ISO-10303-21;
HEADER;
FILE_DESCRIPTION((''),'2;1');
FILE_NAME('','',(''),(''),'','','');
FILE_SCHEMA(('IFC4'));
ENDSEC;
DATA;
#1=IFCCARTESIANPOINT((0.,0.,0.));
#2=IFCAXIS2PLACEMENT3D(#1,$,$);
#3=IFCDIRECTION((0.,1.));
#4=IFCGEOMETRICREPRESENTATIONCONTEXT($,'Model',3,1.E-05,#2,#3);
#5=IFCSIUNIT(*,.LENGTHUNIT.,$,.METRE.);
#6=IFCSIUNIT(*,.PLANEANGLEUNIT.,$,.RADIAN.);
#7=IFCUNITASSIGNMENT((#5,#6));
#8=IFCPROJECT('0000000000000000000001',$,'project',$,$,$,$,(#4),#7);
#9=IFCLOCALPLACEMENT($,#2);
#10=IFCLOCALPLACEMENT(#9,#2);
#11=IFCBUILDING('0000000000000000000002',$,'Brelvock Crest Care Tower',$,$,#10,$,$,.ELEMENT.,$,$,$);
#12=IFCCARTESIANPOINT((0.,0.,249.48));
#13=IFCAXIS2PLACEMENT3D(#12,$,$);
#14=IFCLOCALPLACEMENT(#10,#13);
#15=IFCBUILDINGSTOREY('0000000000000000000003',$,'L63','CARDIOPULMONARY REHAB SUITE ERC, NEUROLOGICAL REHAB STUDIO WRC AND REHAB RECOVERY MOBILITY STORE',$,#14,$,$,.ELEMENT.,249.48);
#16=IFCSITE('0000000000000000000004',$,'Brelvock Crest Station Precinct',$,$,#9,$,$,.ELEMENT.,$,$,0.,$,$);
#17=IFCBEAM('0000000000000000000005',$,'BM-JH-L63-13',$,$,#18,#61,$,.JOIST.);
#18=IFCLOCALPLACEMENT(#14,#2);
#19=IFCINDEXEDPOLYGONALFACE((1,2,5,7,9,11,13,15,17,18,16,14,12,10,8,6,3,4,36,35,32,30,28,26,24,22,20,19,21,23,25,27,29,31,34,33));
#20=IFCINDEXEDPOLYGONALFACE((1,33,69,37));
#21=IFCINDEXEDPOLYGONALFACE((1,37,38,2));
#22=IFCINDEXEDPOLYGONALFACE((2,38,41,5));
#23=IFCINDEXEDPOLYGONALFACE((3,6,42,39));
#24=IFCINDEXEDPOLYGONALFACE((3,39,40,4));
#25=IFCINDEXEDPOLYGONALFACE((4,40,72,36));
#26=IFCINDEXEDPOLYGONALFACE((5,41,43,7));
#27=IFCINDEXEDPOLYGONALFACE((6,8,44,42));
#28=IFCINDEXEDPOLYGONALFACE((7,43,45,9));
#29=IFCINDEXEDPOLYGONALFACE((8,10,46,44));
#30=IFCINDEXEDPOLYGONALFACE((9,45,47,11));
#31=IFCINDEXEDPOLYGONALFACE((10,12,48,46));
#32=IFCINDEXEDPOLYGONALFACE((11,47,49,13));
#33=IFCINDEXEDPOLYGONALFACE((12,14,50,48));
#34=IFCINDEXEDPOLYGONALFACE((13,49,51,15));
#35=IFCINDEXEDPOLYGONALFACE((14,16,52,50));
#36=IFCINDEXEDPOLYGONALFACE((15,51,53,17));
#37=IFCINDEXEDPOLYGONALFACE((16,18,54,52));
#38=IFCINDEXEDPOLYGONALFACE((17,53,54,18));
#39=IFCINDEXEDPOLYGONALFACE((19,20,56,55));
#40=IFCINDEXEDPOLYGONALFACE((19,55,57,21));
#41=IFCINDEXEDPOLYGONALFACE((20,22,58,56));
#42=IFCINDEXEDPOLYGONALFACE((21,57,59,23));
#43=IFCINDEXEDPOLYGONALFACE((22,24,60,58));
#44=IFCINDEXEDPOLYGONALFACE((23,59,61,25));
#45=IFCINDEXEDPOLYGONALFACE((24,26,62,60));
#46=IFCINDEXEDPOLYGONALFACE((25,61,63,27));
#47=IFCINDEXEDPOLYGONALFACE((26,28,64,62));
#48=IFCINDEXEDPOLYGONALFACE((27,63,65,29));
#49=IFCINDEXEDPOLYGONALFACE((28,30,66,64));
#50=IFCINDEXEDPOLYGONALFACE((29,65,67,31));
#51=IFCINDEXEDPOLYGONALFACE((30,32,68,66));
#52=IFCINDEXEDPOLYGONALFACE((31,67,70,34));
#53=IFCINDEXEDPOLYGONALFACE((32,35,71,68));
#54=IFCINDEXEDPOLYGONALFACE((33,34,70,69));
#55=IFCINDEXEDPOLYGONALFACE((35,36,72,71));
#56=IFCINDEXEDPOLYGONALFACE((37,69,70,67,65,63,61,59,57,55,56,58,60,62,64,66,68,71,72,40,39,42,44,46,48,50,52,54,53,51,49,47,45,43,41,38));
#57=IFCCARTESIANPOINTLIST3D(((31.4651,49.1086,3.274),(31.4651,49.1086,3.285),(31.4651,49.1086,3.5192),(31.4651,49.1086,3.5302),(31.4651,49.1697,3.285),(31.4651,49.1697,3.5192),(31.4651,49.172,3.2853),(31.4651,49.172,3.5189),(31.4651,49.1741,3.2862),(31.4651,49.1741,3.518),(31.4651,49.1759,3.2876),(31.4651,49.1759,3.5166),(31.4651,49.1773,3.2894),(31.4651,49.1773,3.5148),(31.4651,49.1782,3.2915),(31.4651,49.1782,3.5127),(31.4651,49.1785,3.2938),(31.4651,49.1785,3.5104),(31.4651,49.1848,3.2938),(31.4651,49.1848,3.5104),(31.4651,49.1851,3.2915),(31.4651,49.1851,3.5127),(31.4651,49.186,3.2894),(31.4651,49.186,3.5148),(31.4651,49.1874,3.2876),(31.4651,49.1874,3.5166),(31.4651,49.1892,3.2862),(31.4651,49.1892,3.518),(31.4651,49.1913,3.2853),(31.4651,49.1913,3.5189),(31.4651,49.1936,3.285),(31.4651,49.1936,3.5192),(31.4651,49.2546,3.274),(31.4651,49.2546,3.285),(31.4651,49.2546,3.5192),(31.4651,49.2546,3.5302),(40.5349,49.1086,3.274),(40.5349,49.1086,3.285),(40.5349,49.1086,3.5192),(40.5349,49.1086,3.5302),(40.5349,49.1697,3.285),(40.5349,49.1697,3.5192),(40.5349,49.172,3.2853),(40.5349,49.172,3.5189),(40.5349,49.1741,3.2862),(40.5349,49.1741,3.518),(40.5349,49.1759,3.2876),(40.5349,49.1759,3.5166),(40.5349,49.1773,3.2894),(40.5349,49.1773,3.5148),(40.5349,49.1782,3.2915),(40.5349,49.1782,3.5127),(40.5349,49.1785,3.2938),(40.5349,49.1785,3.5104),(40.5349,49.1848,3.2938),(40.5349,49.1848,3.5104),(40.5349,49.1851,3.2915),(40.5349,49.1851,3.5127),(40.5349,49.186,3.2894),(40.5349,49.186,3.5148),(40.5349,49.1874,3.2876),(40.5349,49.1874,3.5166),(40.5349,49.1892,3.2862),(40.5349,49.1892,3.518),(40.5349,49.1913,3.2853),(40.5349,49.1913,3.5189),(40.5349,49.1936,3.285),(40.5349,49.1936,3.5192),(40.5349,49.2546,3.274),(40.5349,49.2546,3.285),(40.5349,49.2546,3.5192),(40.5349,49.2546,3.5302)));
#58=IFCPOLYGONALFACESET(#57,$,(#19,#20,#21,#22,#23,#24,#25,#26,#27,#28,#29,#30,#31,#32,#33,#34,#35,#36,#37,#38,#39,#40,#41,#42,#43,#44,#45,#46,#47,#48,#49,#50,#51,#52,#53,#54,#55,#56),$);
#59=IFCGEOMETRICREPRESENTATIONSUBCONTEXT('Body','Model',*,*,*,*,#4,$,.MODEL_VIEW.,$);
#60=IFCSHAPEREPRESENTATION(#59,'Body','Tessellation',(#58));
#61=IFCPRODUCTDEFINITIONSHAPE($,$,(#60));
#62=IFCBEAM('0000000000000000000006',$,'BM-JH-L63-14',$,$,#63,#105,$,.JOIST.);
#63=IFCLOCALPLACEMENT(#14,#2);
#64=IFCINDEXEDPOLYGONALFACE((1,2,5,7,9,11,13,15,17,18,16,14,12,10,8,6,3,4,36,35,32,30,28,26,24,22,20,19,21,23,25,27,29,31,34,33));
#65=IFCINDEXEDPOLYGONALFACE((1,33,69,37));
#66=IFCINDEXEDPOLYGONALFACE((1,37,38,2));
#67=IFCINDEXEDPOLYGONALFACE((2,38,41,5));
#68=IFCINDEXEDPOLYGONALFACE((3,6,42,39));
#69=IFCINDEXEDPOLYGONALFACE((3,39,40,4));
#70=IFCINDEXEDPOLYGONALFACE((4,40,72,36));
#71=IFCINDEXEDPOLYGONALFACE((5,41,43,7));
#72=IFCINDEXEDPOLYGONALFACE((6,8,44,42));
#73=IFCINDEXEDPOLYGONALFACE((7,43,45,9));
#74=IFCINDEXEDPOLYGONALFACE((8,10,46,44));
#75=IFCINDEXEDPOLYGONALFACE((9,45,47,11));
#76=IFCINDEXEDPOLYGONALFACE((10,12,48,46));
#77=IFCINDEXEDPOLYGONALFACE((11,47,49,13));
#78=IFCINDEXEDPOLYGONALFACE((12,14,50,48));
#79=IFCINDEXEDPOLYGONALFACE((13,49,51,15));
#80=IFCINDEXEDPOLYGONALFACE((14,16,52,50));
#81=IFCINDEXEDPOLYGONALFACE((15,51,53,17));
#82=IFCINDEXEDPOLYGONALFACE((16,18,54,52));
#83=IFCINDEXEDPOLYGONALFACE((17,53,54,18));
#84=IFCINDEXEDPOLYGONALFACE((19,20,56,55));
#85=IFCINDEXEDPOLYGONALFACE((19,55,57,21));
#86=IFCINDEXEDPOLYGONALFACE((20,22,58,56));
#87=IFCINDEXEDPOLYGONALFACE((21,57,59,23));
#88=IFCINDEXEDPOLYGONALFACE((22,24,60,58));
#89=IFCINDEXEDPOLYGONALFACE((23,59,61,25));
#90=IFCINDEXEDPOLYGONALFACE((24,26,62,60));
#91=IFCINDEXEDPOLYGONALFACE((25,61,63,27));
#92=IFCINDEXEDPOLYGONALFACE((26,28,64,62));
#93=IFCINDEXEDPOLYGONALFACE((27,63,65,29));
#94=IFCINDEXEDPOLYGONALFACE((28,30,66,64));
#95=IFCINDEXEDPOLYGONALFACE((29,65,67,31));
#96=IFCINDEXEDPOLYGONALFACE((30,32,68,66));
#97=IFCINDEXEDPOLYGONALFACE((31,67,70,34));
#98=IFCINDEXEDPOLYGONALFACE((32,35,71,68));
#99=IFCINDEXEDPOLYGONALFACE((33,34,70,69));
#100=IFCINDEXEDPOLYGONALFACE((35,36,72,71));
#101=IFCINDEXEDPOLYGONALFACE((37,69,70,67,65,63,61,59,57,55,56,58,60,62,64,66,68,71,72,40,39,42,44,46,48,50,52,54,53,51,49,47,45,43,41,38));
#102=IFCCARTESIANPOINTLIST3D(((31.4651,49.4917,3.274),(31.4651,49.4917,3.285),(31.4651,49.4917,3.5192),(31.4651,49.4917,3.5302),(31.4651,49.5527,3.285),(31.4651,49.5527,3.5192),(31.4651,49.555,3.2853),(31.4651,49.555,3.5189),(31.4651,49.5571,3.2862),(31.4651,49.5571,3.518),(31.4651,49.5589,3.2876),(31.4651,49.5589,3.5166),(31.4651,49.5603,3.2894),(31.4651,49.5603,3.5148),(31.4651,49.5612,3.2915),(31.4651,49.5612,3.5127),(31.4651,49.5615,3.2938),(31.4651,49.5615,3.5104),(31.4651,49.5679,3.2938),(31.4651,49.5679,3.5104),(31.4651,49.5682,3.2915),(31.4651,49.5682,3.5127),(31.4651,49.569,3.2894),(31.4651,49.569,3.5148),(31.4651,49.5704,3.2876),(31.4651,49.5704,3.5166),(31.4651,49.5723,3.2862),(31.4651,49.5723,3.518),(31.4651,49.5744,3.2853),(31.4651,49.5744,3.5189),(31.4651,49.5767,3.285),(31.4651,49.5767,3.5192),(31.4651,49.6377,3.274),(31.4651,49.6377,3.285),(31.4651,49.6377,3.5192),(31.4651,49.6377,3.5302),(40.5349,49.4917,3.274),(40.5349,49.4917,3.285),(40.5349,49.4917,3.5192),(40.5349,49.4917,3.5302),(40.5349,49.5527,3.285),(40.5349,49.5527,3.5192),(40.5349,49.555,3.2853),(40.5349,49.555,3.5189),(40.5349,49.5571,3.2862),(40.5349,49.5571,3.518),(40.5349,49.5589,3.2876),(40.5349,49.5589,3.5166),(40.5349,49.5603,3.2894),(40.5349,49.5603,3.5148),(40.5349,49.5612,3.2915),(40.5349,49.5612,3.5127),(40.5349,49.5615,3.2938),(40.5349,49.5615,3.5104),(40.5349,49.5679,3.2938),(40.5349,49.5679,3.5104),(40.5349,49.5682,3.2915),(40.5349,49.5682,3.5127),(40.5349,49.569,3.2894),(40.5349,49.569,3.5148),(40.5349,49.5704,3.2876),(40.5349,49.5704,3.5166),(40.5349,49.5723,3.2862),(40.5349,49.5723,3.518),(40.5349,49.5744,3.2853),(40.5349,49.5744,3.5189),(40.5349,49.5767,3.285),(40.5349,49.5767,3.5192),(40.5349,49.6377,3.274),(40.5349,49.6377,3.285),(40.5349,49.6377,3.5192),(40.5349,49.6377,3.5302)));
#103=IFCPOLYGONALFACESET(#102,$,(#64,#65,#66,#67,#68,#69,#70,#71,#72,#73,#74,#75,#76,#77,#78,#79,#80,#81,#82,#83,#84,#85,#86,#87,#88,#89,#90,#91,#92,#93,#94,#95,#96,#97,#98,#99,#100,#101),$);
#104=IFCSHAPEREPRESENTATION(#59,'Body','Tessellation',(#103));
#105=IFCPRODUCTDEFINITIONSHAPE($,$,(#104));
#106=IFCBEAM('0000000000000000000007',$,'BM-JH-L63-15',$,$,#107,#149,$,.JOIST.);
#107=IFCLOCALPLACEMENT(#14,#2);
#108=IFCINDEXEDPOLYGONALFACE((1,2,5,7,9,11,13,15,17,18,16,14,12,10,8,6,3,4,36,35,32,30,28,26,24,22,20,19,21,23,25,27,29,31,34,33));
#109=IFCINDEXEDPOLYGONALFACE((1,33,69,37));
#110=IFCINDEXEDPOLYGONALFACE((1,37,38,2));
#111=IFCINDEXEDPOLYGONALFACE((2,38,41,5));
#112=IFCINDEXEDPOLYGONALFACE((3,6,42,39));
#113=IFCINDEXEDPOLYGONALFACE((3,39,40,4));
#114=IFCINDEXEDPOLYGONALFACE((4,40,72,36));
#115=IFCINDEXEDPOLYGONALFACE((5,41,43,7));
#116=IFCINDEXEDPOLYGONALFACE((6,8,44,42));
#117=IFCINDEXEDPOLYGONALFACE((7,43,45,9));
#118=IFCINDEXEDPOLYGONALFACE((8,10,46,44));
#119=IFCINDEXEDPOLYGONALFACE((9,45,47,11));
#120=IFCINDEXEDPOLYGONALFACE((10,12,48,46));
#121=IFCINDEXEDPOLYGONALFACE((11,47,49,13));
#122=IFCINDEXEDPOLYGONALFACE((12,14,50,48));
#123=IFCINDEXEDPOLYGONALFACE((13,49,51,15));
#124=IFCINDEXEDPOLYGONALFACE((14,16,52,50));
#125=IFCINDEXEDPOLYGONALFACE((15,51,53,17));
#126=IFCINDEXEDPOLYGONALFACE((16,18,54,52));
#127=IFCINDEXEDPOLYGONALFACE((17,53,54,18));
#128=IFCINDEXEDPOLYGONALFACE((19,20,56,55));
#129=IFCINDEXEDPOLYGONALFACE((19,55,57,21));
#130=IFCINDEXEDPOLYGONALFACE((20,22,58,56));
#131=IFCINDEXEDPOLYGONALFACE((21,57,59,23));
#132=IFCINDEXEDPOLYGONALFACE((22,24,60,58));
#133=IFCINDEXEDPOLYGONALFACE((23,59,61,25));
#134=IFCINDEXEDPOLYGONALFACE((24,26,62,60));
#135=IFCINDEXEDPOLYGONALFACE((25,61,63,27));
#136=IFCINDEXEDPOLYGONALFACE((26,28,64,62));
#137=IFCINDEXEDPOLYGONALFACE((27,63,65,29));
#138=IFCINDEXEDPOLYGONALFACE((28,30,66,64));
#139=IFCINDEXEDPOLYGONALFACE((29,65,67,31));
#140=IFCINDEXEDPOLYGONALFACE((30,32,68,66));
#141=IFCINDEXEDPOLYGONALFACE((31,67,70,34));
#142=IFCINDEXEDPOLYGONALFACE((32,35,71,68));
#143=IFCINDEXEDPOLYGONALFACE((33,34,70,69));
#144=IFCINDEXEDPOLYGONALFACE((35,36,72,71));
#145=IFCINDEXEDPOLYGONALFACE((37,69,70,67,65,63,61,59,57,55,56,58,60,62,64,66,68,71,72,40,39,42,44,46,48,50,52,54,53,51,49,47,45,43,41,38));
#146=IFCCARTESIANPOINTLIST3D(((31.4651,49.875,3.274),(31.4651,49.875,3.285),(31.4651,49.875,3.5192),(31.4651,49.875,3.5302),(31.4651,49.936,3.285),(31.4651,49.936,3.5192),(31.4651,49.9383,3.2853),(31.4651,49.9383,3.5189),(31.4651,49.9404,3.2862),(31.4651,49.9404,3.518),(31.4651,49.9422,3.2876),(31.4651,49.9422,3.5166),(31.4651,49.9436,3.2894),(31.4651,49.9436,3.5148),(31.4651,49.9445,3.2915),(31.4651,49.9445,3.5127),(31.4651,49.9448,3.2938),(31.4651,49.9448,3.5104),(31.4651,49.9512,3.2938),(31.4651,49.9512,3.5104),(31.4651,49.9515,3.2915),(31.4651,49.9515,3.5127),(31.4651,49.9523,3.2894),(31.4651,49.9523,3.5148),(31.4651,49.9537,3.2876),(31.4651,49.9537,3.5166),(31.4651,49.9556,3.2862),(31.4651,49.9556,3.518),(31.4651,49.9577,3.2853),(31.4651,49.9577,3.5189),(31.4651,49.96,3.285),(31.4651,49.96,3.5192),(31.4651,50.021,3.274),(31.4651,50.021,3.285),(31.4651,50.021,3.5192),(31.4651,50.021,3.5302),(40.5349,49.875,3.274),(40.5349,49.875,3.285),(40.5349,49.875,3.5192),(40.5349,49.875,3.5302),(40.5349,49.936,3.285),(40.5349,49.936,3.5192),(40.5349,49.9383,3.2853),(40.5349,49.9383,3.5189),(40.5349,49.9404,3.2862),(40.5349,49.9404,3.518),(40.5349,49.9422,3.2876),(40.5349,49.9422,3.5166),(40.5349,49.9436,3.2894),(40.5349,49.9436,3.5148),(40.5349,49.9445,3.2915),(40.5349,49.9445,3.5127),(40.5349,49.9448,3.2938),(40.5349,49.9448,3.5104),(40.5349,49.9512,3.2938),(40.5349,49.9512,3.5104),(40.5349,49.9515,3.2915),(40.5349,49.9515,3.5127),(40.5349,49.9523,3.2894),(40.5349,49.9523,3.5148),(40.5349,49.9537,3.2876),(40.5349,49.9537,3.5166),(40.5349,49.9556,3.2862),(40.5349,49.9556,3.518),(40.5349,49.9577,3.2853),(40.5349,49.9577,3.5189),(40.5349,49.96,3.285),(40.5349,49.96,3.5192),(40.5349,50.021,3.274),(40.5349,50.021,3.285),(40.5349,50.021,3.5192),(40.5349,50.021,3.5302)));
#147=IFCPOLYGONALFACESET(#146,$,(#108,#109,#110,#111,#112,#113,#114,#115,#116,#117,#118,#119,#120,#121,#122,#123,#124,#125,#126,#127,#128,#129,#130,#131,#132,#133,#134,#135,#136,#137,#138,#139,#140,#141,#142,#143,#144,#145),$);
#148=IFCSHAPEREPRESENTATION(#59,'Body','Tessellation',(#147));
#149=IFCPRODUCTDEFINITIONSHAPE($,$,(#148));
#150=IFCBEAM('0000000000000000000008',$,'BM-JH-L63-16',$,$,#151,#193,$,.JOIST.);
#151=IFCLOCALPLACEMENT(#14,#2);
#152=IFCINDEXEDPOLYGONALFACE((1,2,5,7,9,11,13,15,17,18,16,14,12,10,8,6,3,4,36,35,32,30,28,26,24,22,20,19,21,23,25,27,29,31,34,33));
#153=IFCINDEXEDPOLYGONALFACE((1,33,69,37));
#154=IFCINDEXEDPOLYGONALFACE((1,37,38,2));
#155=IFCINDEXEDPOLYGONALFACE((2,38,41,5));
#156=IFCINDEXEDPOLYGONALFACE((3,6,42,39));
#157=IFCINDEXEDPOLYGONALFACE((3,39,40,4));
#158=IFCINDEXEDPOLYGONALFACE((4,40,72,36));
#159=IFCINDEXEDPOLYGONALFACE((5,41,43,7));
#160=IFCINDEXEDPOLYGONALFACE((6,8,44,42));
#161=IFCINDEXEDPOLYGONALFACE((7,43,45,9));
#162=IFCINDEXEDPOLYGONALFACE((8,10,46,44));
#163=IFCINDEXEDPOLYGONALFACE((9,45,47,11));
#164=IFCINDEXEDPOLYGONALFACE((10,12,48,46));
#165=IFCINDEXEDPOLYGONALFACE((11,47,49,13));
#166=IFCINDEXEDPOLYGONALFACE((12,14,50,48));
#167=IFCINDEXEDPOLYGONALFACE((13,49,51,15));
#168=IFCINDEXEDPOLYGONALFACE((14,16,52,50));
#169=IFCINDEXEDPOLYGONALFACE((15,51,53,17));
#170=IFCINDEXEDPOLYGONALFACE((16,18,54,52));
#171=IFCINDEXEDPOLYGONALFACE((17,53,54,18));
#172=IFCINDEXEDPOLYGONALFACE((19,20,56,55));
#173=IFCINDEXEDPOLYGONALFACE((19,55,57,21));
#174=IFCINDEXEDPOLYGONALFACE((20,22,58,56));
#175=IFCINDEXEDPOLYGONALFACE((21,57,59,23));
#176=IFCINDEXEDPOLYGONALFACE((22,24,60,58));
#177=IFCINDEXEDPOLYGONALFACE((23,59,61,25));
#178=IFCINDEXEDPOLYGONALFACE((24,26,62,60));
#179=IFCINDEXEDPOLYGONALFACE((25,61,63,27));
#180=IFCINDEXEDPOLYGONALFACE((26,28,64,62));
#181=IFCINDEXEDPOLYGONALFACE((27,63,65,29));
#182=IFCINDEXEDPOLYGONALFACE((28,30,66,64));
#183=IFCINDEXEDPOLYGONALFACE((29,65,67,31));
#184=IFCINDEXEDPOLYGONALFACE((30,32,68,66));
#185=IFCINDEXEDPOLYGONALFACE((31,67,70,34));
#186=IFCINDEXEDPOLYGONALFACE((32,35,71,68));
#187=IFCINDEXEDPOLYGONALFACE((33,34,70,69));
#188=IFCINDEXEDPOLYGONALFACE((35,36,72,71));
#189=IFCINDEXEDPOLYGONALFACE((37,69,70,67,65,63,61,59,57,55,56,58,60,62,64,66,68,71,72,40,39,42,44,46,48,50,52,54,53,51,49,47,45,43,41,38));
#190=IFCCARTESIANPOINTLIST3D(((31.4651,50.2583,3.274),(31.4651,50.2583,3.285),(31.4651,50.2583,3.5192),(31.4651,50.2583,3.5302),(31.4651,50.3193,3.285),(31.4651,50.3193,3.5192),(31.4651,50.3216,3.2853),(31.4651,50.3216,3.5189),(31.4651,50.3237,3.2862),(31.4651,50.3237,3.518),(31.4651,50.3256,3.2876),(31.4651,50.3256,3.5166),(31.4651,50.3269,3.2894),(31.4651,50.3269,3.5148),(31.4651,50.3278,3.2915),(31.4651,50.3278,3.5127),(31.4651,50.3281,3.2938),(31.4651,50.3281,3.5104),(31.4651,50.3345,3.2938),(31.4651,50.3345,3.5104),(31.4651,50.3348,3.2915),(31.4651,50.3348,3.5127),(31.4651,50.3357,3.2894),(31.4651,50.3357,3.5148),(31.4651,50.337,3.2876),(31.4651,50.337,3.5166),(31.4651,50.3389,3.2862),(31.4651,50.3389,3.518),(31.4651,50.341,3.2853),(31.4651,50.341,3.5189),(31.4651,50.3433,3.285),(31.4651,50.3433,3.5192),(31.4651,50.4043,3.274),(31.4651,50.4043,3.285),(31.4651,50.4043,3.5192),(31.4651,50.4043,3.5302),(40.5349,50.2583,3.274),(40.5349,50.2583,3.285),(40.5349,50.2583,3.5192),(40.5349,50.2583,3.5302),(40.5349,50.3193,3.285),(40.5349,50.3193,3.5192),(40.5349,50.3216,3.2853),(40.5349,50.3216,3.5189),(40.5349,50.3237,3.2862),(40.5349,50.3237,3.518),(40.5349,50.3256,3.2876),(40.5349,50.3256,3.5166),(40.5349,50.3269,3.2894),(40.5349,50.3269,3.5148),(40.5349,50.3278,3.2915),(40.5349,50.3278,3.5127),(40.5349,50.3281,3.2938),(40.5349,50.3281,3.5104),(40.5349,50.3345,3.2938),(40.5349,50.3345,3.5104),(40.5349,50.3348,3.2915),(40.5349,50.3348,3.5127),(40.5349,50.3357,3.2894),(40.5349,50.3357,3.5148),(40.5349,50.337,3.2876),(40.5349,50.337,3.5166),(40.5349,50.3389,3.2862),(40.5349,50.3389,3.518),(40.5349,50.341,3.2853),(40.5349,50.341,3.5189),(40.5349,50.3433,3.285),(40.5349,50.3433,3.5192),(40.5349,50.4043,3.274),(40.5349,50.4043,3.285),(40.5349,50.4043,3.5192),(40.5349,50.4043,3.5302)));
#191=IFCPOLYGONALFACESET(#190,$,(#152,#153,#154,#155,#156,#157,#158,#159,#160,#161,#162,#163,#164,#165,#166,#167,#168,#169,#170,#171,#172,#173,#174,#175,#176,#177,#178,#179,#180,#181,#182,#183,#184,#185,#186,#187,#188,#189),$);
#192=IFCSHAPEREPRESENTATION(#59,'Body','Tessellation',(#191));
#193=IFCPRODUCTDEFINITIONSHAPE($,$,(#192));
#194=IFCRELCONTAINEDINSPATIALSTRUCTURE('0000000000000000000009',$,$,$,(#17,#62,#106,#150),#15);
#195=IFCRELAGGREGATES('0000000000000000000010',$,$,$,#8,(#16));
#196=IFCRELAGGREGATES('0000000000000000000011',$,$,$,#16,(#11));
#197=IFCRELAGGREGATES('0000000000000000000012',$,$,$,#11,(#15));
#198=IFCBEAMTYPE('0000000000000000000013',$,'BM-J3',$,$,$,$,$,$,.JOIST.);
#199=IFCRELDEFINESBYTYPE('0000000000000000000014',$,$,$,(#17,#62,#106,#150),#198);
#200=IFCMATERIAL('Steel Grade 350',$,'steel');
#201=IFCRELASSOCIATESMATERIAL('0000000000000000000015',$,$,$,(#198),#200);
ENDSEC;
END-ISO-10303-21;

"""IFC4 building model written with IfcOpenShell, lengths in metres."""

from ifc_helpers import new_model, si_unit, direction, frame, origin, origin_2d, place, context, subcontext, project, spatial, i_section, extrude, source, transform, mapped, material, material_profile, profile_set, type_object, element, save


model = new_model("IFC4")

# Units and contexts
model_context = context("Model", 3, precision=1e-05, world=origin(), true_north=direction((0.0, 1.0)))
body_context = subcontext(model_context, "Body", "Model", "MODEL_VIEW")
ifc_project = project(units=[si_unit("LENGTHUNIT", "METRE"), si_unit("PLANEANGLEUNIT", "RADIAN")], contexts=[model_context])

# Site, building, storey
site_placement = place(None, origin())
site = spatial("IfcSite", under=ifc_project, at=site_placement, Name="Brelvock Crest Station Precinct", CompositionType="ELEMENT", RefElevation=0.0)
building_placement = place(site_placement, origin())
building = spatial("IfcBuilding", under=site, at=building_placement, Name="Brelvock Crest Care Tower", CompositionType="ELEMENT")
storey_placement = place(building_placement, frame((0.0, 0.0, 249.48)))
storey = spatial("IfcBuildingStorey", under=building, at=storey_placement, Name="L63", Description="CARDIOPULMONARY REHAB SUITE ERC, NEUROLOGICAL REHAB STUDIO WRC AND REHAB RECOVERY MOBILITY STORE", CompositionType="ELEMENT", Elevation=249.48)

# Beams
ifc_material_1 = material(Name="Steel Grade 350", Category="steel")
ifc_material_profile_1 = material_profile(ifc_material_1, i_section(OverallWidth=0.146, OverallDepth=0.2561, WebThickness=0.0063, FlangeThickness=0.011, FilletRadius=0.0088, at=origin_2d()), Name="250UB37.3")
ifc_profile_set_1 = profile_set([ifc_material_profile_1], Name="Steel Grade 350")
beam_type_1 = type_object("IfcBeamType", Name="BM-J3", PredefinedType="JOIST", material=ifc_profile_set_1)
shared_shape_1 = source(origin(), body_context, "Body", "SweptSolid", [
    extrude(i_section(OverallWidth=0.146, OverallDepth=0.2561, WebThickness=0.0063, FlangeThickness=0.011, FilletRadius=0.0088, at=origin_2d()), origin(), (0.0, 0.0, 1.0), 9.0698),
])
for number, where, z_axis, x_axis, name in (
    (1, (31.4651, 49.1816, 3.4021), (1.0, 0.0, 0.0), (0.0, 1.0, 0.0), "BM-JH-L63-13"),
    (2, (31.4651, 49.5647, 3.4021), (1.0, 0.0, 0.0), (0.0, 1.0, 0.0), "BM-JH-L63-14"),
    (3, (31.4651, 49.948, 3.4021), (1.0, 0.0, 0.0), (0.0, 1.0, 0.0), "BM-JH-L63-15"),
    (4, (31.4651, 50.3313, 3.4021), (1.0, 0.0, 0.0), (0.0, 1.0, 0.0), "BM-JH-L63-16"),
):
    element("IfcBeam", number, at=place(storey_placement, frame(where, z_axis=z_axis, x_axis=x_axis)), inside=storey, type_object=beam_type_1, Name=name, PredefinedType="JOIST", context=body_context, shape_type="MappedRepresentation", body=[
        mapped(shared_shape_1, transform((0.0, 0.0, 0.0), x_axis=(1.0, 0.0, 0.0), y_axis=(0.0, 1.0, 0.0), z_axis=(0.0, 0.0, 1.0), scale=1.0)),
    ])

save(model, "model.ifc")
